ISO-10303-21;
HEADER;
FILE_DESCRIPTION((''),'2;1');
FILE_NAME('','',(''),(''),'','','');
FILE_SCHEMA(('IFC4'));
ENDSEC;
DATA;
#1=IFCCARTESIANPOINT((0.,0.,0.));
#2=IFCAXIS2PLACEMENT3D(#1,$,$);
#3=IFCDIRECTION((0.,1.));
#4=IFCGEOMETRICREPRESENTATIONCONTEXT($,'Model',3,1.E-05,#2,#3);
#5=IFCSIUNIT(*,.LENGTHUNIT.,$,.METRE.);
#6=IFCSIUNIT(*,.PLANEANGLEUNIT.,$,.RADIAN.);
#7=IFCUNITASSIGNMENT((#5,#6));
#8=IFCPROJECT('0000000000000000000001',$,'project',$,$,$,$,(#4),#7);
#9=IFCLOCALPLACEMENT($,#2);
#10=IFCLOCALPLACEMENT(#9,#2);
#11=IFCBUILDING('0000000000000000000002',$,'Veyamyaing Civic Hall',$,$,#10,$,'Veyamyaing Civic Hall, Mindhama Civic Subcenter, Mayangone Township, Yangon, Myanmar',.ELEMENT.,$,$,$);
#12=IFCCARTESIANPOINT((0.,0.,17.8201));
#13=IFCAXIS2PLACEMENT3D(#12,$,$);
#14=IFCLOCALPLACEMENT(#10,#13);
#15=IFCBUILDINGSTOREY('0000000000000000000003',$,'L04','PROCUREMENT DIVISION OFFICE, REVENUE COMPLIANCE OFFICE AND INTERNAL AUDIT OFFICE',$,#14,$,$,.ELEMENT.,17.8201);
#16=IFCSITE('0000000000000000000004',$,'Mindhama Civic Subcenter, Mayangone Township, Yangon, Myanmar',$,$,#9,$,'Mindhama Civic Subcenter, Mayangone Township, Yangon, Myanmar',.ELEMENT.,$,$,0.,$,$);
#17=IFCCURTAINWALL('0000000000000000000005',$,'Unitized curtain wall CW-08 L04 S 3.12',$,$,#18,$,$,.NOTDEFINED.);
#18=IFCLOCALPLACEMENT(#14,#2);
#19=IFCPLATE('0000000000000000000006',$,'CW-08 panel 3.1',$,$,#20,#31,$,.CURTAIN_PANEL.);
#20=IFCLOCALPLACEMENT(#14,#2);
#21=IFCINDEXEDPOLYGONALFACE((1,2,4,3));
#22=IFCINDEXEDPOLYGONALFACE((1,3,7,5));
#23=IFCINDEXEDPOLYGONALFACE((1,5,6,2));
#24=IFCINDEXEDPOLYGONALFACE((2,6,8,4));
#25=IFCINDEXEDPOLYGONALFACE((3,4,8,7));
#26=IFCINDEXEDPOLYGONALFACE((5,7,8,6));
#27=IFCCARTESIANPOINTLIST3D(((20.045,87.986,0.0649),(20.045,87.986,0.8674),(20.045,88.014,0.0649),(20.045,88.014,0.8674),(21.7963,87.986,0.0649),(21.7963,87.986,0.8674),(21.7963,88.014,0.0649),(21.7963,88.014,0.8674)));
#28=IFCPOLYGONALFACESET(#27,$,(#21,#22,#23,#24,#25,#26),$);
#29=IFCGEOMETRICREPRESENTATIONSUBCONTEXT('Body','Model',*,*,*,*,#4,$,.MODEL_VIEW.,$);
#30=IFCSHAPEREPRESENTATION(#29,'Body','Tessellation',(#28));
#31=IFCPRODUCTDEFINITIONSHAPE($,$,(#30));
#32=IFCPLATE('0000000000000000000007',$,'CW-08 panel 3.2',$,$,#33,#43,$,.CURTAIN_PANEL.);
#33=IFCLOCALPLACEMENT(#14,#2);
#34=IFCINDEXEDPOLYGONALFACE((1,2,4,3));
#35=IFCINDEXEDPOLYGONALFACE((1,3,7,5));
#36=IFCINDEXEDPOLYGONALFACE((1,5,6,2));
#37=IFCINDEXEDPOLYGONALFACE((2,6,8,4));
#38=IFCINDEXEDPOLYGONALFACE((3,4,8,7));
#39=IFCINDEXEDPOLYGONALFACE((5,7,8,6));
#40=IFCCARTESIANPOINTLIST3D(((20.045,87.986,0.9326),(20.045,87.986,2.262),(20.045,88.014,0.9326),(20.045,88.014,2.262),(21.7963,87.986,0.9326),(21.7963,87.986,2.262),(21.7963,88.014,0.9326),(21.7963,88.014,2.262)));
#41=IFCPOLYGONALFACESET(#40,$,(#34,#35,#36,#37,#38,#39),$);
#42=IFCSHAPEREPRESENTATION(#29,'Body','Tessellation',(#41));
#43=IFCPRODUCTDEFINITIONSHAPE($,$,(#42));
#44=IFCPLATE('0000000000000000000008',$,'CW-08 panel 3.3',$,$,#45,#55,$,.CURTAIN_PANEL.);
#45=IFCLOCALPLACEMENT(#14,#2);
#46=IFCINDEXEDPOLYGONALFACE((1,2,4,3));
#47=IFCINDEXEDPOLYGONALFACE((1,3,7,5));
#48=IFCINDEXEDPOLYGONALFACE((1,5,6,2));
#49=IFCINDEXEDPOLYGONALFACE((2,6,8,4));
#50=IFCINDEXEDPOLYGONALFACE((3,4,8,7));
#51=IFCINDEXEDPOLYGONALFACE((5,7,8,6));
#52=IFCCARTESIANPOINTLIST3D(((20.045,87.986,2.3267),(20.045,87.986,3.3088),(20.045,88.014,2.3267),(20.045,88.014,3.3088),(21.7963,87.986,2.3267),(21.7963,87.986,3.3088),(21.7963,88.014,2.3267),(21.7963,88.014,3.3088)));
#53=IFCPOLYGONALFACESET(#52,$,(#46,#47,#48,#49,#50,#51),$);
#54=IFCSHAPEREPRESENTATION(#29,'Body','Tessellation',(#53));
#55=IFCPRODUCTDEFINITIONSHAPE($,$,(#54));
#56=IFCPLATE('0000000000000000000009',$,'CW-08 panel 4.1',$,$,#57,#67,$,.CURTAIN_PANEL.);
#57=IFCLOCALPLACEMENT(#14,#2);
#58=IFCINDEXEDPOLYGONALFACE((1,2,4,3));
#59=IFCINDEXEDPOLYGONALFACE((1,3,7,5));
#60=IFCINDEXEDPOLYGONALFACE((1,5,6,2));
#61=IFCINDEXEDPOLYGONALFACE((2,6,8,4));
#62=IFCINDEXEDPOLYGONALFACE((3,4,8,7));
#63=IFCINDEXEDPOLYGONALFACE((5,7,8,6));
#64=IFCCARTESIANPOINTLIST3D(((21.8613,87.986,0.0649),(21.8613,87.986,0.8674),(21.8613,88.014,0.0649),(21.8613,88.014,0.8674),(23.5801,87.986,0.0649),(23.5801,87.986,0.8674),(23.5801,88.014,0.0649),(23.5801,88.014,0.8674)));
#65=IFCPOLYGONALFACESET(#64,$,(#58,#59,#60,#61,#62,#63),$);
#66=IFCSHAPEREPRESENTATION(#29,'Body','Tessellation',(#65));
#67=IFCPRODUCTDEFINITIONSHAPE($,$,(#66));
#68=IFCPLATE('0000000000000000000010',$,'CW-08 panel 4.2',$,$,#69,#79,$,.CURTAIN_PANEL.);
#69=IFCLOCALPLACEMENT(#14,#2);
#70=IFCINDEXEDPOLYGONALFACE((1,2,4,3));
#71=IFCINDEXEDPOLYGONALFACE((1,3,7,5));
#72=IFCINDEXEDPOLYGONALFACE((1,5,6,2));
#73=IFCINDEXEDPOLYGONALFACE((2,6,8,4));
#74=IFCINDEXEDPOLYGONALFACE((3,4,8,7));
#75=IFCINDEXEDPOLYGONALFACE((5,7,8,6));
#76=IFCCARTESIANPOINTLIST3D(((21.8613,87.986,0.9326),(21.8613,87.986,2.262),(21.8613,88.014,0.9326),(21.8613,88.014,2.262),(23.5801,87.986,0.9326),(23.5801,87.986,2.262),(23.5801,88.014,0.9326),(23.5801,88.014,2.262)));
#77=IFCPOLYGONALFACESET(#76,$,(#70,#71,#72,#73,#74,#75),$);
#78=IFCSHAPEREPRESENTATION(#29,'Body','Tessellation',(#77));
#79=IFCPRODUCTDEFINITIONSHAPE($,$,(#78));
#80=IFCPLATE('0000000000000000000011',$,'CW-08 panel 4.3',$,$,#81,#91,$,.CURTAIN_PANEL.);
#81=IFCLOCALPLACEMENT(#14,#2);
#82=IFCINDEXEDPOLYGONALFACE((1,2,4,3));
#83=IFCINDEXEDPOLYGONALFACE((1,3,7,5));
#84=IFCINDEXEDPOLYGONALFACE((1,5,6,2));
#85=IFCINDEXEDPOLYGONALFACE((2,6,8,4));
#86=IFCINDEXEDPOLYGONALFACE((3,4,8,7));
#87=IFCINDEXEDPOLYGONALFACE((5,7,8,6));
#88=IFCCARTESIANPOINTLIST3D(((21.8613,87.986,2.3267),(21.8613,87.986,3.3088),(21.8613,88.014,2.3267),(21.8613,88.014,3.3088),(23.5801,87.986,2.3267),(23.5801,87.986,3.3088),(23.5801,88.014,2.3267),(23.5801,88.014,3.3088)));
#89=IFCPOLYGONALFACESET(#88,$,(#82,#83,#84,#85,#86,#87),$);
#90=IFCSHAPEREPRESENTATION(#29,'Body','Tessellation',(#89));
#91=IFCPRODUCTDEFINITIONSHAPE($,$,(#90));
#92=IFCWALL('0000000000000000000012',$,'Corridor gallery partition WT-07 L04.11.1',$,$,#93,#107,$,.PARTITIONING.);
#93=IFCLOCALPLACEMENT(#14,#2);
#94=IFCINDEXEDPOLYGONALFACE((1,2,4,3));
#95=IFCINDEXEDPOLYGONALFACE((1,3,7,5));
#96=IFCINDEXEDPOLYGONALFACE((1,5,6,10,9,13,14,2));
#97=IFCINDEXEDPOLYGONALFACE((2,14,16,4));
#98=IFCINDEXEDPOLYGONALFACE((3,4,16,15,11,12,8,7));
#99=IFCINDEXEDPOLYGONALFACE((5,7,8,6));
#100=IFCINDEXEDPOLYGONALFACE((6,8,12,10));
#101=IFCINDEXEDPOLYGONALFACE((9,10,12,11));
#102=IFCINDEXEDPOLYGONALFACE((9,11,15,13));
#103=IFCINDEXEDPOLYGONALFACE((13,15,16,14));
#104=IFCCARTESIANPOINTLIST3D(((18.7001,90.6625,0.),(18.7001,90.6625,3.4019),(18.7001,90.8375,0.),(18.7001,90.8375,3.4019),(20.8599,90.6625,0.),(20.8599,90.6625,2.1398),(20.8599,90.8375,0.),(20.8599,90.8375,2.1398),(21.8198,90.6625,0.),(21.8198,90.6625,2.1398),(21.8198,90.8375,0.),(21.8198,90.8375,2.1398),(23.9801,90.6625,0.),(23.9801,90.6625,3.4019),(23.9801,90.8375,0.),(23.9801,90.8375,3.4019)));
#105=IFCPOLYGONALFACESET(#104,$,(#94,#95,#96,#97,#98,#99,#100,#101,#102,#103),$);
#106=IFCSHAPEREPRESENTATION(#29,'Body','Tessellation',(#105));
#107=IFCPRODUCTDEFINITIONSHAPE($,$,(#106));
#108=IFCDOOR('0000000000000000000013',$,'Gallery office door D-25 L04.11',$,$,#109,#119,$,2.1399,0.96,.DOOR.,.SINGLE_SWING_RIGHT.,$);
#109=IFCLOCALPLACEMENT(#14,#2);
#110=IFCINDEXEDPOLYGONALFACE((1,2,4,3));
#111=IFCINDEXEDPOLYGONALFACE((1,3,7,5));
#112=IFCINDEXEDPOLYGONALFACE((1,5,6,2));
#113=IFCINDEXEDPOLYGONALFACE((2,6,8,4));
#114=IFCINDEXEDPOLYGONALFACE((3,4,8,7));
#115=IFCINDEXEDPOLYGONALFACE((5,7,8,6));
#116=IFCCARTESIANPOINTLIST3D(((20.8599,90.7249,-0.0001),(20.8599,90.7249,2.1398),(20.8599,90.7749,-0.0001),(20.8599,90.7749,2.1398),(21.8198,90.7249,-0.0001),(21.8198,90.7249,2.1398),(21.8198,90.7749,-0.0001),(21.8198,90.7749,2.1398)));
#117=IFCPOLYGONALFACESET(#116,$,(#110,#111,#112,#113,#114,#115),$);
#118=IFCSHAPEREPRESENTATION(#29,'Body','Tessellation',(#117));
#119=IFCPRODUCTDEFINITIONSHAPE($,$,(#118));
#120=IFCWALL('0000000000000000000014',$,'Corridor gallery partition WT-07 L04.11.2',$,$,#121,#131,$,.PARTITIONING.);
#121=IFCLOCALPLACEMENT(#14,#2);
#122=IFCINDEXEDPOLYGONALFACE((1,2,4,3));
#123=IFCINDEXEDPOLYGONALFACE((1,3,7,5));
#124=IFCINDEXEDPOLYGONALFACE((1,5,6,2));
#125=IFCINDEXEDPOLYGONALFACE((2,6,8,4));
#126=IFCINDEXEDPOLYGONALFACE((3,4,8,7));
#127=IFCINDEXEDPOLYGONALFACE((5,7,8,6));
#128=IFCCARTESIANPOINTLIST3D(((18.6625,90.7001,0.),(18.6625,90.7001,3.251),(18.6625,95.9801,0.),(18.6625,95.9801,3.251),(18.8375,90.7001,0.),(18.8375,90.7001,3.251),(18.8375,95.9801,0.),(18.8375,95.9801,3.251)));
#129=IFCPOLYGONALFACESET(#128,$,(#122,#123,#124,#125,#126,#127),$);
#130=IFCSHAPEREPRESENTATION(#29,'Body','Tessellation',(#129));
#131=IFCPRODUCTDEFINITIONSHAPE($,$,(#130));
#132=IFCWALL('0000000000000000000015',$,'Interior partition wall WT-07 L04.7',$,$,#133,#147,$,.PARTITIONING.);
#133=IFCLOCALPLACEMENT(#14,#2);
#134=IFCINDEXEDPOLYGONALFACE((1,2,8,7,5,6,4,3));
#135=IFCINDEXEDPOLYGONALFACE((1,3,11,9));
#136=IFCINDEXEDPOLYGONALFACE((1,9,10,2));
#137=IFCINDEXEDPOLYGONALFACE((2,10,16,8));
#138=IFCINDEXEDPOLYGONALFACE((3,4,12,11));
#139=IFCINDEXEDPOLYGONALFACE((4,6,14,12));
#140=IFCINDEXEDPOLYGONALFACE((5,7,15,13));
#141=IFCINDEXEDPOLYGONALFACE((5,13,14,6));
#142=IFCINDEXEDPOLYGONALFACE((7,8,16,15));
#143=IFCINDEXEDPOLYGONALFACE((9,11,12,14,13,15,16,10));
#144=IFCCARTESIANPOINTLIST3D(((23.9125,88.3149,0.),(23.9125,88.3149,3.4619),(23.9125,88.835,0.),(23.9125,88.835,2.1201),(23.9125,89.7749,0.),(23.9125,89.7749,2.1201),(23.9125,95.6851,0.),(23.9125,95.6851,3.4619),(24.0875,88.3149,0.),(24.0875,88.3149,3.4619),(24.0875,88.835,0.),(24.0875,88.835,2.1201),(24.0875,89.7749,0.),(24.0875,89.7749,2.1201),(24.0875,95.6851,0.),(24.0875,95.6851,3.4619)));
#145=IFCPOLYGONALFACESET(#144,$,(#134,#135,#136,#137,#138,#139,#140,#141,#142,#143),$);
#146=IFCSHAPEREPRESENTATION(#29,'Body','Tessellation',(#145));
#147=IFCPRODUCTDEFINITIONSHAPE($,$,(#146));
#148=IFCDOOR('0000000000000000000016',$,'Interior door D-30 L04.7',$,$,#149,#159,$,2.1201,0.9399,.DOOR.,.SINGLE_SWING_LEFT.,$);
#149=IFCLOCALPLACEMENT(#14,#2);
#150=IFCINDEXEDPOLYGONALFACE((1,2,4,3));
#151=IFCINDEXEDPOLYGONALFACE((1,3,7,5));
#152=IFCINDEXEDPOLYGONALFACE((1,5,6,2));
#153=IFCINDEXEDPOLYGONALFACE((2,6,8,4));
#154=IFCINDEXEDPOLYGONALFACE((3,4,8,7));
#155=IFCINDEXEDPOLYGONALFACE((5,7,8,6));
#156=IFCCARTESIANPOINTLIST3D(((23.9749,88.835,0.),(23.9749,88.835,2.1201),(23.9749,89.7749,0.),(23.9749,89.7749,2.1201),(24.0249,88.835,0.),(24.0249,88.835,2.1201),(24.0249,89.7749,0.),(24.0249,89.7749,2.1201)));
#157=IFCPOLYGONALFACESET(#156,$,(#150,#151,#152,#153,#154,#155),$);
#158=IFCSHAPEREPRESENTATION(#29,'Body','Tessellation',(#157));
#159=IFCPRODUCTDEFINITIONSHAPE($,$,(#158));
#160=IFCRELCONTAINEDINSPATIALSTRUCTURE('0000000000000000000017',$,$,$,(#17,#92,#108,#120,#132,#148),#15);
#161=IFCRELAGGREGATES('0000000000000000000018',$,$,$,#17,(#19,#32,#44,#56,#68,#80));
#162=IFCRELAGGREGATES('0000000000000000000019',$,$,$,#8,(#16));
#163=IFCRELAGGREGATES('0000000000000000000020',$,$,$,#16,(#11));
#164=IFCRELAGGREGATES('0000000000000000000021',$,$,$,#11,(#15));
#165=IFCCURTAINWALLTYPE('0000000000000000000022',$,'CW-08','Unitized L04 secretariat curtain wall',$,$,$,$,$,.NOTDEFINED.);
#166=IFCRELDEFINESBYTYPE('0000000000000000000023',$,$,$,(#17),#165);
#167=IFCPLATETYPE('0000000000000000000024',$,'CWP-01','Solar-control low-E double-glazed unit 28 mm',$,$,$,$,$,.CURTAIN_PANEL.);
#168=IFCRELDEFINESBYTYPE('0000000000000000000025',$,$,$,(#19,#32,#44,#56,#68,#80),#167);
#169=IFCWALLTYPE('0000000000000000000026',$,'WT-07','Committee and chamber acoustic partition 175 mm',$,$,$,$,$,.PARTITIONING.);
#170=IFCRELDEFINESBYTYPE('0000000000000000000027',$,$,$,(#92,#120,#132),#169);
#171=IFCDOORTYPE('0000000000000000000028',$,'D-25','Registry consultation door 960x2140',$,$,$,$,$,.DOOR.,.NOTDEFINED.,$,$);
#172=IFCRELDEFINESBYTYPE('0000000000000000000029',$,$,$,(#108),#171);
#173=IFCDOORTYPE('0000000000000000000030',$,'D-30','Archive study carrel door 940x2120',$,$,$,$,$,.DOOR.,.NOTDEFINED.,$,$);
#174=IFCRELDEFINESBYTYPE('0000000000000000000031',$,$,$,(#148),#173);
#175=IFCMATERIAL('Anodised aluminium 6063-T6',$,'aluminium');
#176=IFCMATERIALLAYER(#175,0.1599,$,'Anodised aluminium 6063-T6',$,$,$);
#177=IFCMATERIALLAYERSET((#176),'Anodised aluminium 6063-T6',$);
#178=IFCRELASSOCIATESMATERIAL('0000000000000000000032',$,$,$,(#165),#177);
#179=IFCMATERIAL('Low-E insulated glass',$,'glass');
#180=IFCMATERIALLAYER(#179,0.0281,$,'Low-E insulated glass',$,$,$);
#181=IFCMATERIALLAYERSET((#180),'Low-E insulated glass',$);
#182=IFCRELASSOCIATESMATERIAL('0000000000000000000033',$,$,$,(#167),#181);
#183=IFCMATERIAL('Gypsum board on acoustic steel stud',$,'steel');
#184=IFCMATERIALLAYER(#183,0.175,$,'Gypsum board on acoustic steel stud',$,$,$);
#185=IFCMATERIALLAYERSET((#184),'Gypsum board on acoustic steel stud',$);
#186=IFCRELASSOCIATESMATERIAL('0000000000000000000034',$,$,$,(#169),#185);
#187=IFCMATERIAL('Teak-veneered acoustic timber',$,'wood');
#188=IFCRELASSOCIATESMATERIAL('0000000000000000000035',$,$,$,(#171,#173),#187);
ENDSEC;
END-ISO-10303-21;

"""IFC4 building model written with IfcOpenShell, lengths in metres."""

from ifc_helpers import new_model, si_unit, direction, frame, frame_2d, origin, origin_2d, place, context, subcontext, project, spatial, rectangle, extrude, material, layer, layer_set, type_object, element, fill, aggregate, save


model = new_model("IFC4")

# Units and contexts
model_context = context("Model", 3, precision=1e-05, world=origin(), true_north=direction((0.0, 1.0)))
body_context = subcontext(model_context, "Body", "Model", "MODEL_VIEW")
ifc_project = project(units=[si_unit("LENGTHUNIT", "METRE"), si_unit("PLANEANGLEUNIT", "RADIAN")], contexts=[model_context])

# Site, building, storey
site_placement = place(None, origin())
site = spatial("IfcSite", under=ifc_project, at=site_placement, Name="Mindhama Civic Subcenter, Mayangone Township, Yangon, Myanmar", LongName="Mindhama Civic Subcenter, Mayangone Township, Yangon, Myanmar", CompositionType="ELEMENT", RefElevation=0.0)
building_placement = place(site_placement, origin())
building = spatial("IfcBuilding", under=site, at=building_placement, Name="Veyamyaing Civic Hall", LongName="Veyamyaing Civic Hall, Mindhama Civic Subcenter, Mayangone Township, Yangon, Myanmar", CompositionType="ELEMENT")
storey_placement = place(building_placement, frame((0.0, 0.0, 17.8201)))
storey = spatial("IfcBuildingStorey", under=building, at=storey_placement, Name="L04", Description="PROCUREMENT DIVISION OFFICE, REVENUE COMPLIANCE OFFICE AND INTERNAL AUDIT OFFICE", CompositionType="ELEMENT", Elevation=17.8201)

# Curtain wall
ifc_material_1 = material(Name="Anodised aluminium 6063-T6", Category="aluminium")
ifc_layer_1 = layer(ifc_material_1, 0.1599, Name="Anodised aluminium 6063-T6")
ifc_layer_set_1 = layer_set([ifc_layer_1], Name="Anodised aluminium 6063-T6")
curtain_wall_type = type_object("IfcCurtainWallType", Name="CW-08", Description="Unitized L04 secretariat curtain wall", PredefinedType="NOTDEFINED", material=ifc_layer_set_1)
curtain_wall_placement = place(storey_placement, origin())
curtain_wall = element("IfcCurtainWall", 1, at=curtain_wall_placement, inside=storey, type_object=curtain_wall_type, Name="Unitized curtain wall CW-08 L04 S 3.12", PredefinedType="NOTDEFINED")

# Plates
ifc_material_2 = material(Name="Low-E insulated glass", Category="glass")
ifc_layer_2 = layer(ifc_material_2, 0.0281, Name="Low-E insulated glass")
ifc_layer_set_2 = layer_set([ifc_layer_2], Name="Low-E insulated glass")
plate_type = type_object("IfcPlateType", Name="CWP-01", Description="Solar-control low-E double-glazed unit 28 mm", PredefinedType="CURTAIN_PANEL", material=ifc_layer_set_2)
plate_1_placement = place(storey_placement, frame((20.9207, 88.0, 0.0649), z_axis=(0.0, 0.0, 1.0), x_axis=(1.0, 0.0, 0.0)))
plate_1 = element("IfcPlate", 2, at=plate_1_placement, type_object=plate_type, Name="CW-08 panel 3.1", PredefinedType="CURTAIN_PANEL", context=body_context, shape_type="SweptSolid", body=[
    extrude(rectangle(XDim=1.7512, YDim=0.0281, at=origin_2d()), origin(), (0.0, 0.0, 1.0), 0.8025),
])
plate_2_placement = place(storey_placement, frame((20.9207, 88.0, 0.9326), z_axis=(0.0, 0.0, 1.0), x_axis=(1.0, 0.0, 0.0)))
plate_2 = element("IfcPlate", 3, at=plate_2_placement, type_object=plate_type, Name="CW-08 panel 3.2", PredefinedType="CURTAIN_PANEL", context=body_context, shape_type="SweptSolid", body=[
    extrude(rectangle(XDim=1.7512, YDim=0.0281, at=origin_2d()), origin(), (0.0, 0.0, 1.0), 1.3293),
])
plate_3_placement = place(storey_placement, frame((20.9207, 88.0, 2.3267), z_axis=(0.0, 0.0, 1.0), x_axis=(1.0, 0.0, 0.0)))
plate_3 = element("IfcPlate", 4, at=plate_3_placement, type_object=plate_type, Name="CW-08 panel 3.3", PredefinedType="CURTAIN_PANEL", context=body_context, shape_type="SweptSolid", body=[
    extrude(rectangle(XDim=1.7512, YDim=0.0281, at=origin_2d()), origin(), (0.0, 0.0, 1.0), 0.9822),
])
plate_4_placement = place(storey_placement, frame((22.7207, 88.0, 0.0649), z_axis=(0.0, 0.0, 1.0), x_axis=(1.0, 0.0, 0.0)))
plate_4 = element("IfcPlate", 5, at=plate_4_placement, type_object=plate_type, Name="CW-08 panel 4.1", PredefinedType="CURTAIN_PANEL", context=body_context, shape_type="SweptSolid", body=[
    extrude(rectangle(XDim=1.7188, YDim=0.0281, at=origin_2d()), origin(), (0.0, 0.0, 1.0), 0.8025),
])
plate_5_placement = place(storey_placement, frame((22.7207, 88.0, 0.9326), z_axis=(0.0, 0.0, 1.0), x_axis=(1.0, 0.0, 0.0)))
plate_5 = element("IfcPlate", 6, at=plate_5_placement, type_object=plate_type, Name="CW-08 panel 4.2", PredefinedType="CURTAIN_PANEL", context=body_context, shape_type="SweptSolid", body=[
    extrude(rectangle(XDim=1.7188, YDim=0.0281, at=origin_2d()), origin(), (0.0, 0.0, 1.0), 1.3293),
])
plate_6_placement = place(storey_placement, frame((22.7207, 88.0, 2.3267), z_axis=(0.0, 0.0, 1.0), x_axis=(1.0, 0.0, 0.0)))
plate_6 = element("IfcPlate", 7, at=plate_6_placement, type_object=plate_type, Name="CW-08 panel 4.3", PredefinedType="CURTAIN_PANEL", context=body_context, shape_type="SweptSolid", body=[
    extrude(rectangle(XDim=1.7188, YDim=0.0281, at=origin_2d()), origin(), (0.0, 0.0, 1.0), 0.9822),
])
aggregate(curtain_wall, [plate_1, plate_2, plate_3, plate_4, plate_5, plate_6])

# Wall, opening, door
ifc_material_3 = material(Name="Gypsum board on acoustic steel stud", Category="steel")
ifc_layer_3 = layer(ifc_material_3, 0.175, Name="Gypsum board on acoustic steel stud")
ifc_layer_set_3 = layer_set([ifc_layer_3], Name="Gypsum board on acoustic steel stud")
wall_type = type_object("IfcWallType", Name="WT-07", Description="Committee and chamber acoustic partition 175 mm", PredefinedType="PARTITIONING", material=ifc_layer_set_3)
wall_1_placement = place(storey_placement, frame((18.7, 90.75, 0.0), z_axis=(0.0, 0.0, 1.0), x_axis=(1.0, 0.0, 0.0)))
wall_1 = element("IfcWall", 8, at=wall_1_placement, inside=storey, type_object=wall_type, Name="Corridor gallery partition WT-07 L04.11.1", PredefinedType="PARTITIONING", context=body_context, shape_type="SweptSolid", body=[
    extrude(rectangle(XDim=5.28, YDim=0.175, at=frame_2d((2.6401, 0.0))), origin(), (0.0, 0.0, 1.0), 3.4019),
])
opening_1_placement = place(wall_1_placement, frame((2.1599, 0.0, 0.0)))
opening_1 = element("IfcOpeningElement", 9, at=opening_1_placement, cuts=wall_1, PredefinedType="OPENING", context=body_context, shape_type="SweptSolid", body=[
    extrude(rectangle(XDim=0.96, YDim=2.1399, at=frame_2d((0.48, 1.0698))), frame((0.0, 0.0974, 0.0), z_axis=(0.0, -1.0, 0.0), x_axis=(1.0, 0.0, 0.0)), (0.0, 0.0, 1.0), 0.1951),
])
ifc_material_4 = material(Name="Teak-veneered acoustic timber", Category="wood")
door_type_1 = type_object("IfcDoorType", Name="D-25", Description="Registry consultation door 960x2140", OperationType="NOTDEFINED", PredefinedType="DOOR", material=ifc_material_4)
door_1_placement = place(opening_1_placement, origin())
door_1 = element("IfcDoor", 10, at=door_1_placement, inside=storey, type_object=door_type_1, Name="Gallery office door D-25 L04.11", OperationType="SINGLE_SWING_RIGHT", OverallHeight=2.1399, OverallWidth=0.96, PredefinedType="DOOR", context=body_context, shape_type="SweptSolid", body=[
    extrude(rectangle(XDim=0.96, YDim=2.1399, at=frame_2d((0.48, 1.0698))), frame((0.0, 0.0249, 0.0), z_axis=(0.0, -1.0, 0.0), x_axis=(1.0, 0.0, 0.0)), (0.0, 0.0, 1.0), 0.05),
])
fill(opening_1, door_1)

# Wall
wall_2_placement = place(storey_placement, frame((18.75, 90.7, 0.0), z_axis=(0.0, 0.0, 1.0), x_axis=(0.0, 1.0, 0.0)))
element("IfcWall", 11, at=wall_2_placement, inside=storey, type_object=wall_type, Name="Corridor gallery partition WT-07 L04.11.2", PredefinedType="PARTITIONING", context=body_context, shape_type="SweptSolid", body=[
    extrude(rectangle(XDim=5.28, YDim=0.175, at=frame_2d((2.6401, 0.0))), origin(), (0.0, 0.0, 1.0), 3.251),
])

# Wall, opening, door
wall_3_placement = place(storey_placement, frame((24.0, 88.3149, 0.0), z_axis=(0.0, 0.0, 1.0), x_axis=(0.0, 1.0, 0.0)))
wall_3 = element("IfcWall", 12, at=wall_3_placement, inside=storey, type_object=wall_type, Name="Interior partition wall WT-07 L04.7", PredefinedType="PARTITIONING", context=body_context, shape_type="SweptSolid", body=[
    extrude(rectangle(XDim=7.3701, YDim=0.175, at=frame_2d((3.6851, 0.0))), origin(), (0.0, 0.0, 1.0), 3.4619),
])
opening_2_placement = place(wall_3_placement, frame((0.52, 0.0, 0.0)))
opening_2 = element("IfcOpeningElement", 13, at=opening_2_placement, cuts=wall_3, PredefinedType="OPENING", context=body_context, shape_type="SweptSolid", body=[
    extrude(rectangle(XDim=0.9399, YDim=2.1201, at=frame_2d((0.47, 1.0601))), frame((0.0, 0.0974, 0.0), z_axis=(0.0, -1.0, 0.0), x_axis=(1.0, 0.0, 0.0)), (0.0, 0.0, 1.0), 0.1951),
])
door_type_2 = type_object("IfcDoorType", Name="D-30", Description="Archive study carrel door 940x2120", OperationType="NOTDEFINED", PredefinedType="DOOR", material=ifc_material_4)
door_2_placement = place(opening_2_placement, frame((0.9399, 0.0, 0.0), z_axis=(0.0, 0.0, 1.0), x_axis=(-1.0, 0.0, 0.0)))
door_2 = element("IfcDoor", 14, at=door_2_placement, inside=storey, type_object=door_type_2, Name="Interior door D-30 L04.7", OperationType="SINGLE_SWING_LEFT", OverallHeight=2.1201, OverallWidth=0.9399, PredefinedType="DOOR", context=body_context, shape_type="SweptSolid", body=[
    extrude(rectangle(XDim=0.9399, YDim=2.1201, at=frame_2d((0.47, 1.0601))), frame((0.0, 0.0249, 0.0), z_axis=(0.0, -1.0, 0.0), x_axis=(1.0, 0.0, 0.0)), (0.0, 0.0, 1.0), 0.05),
])
fill(opening_2, door_2)

save(model, "model.ifc")
